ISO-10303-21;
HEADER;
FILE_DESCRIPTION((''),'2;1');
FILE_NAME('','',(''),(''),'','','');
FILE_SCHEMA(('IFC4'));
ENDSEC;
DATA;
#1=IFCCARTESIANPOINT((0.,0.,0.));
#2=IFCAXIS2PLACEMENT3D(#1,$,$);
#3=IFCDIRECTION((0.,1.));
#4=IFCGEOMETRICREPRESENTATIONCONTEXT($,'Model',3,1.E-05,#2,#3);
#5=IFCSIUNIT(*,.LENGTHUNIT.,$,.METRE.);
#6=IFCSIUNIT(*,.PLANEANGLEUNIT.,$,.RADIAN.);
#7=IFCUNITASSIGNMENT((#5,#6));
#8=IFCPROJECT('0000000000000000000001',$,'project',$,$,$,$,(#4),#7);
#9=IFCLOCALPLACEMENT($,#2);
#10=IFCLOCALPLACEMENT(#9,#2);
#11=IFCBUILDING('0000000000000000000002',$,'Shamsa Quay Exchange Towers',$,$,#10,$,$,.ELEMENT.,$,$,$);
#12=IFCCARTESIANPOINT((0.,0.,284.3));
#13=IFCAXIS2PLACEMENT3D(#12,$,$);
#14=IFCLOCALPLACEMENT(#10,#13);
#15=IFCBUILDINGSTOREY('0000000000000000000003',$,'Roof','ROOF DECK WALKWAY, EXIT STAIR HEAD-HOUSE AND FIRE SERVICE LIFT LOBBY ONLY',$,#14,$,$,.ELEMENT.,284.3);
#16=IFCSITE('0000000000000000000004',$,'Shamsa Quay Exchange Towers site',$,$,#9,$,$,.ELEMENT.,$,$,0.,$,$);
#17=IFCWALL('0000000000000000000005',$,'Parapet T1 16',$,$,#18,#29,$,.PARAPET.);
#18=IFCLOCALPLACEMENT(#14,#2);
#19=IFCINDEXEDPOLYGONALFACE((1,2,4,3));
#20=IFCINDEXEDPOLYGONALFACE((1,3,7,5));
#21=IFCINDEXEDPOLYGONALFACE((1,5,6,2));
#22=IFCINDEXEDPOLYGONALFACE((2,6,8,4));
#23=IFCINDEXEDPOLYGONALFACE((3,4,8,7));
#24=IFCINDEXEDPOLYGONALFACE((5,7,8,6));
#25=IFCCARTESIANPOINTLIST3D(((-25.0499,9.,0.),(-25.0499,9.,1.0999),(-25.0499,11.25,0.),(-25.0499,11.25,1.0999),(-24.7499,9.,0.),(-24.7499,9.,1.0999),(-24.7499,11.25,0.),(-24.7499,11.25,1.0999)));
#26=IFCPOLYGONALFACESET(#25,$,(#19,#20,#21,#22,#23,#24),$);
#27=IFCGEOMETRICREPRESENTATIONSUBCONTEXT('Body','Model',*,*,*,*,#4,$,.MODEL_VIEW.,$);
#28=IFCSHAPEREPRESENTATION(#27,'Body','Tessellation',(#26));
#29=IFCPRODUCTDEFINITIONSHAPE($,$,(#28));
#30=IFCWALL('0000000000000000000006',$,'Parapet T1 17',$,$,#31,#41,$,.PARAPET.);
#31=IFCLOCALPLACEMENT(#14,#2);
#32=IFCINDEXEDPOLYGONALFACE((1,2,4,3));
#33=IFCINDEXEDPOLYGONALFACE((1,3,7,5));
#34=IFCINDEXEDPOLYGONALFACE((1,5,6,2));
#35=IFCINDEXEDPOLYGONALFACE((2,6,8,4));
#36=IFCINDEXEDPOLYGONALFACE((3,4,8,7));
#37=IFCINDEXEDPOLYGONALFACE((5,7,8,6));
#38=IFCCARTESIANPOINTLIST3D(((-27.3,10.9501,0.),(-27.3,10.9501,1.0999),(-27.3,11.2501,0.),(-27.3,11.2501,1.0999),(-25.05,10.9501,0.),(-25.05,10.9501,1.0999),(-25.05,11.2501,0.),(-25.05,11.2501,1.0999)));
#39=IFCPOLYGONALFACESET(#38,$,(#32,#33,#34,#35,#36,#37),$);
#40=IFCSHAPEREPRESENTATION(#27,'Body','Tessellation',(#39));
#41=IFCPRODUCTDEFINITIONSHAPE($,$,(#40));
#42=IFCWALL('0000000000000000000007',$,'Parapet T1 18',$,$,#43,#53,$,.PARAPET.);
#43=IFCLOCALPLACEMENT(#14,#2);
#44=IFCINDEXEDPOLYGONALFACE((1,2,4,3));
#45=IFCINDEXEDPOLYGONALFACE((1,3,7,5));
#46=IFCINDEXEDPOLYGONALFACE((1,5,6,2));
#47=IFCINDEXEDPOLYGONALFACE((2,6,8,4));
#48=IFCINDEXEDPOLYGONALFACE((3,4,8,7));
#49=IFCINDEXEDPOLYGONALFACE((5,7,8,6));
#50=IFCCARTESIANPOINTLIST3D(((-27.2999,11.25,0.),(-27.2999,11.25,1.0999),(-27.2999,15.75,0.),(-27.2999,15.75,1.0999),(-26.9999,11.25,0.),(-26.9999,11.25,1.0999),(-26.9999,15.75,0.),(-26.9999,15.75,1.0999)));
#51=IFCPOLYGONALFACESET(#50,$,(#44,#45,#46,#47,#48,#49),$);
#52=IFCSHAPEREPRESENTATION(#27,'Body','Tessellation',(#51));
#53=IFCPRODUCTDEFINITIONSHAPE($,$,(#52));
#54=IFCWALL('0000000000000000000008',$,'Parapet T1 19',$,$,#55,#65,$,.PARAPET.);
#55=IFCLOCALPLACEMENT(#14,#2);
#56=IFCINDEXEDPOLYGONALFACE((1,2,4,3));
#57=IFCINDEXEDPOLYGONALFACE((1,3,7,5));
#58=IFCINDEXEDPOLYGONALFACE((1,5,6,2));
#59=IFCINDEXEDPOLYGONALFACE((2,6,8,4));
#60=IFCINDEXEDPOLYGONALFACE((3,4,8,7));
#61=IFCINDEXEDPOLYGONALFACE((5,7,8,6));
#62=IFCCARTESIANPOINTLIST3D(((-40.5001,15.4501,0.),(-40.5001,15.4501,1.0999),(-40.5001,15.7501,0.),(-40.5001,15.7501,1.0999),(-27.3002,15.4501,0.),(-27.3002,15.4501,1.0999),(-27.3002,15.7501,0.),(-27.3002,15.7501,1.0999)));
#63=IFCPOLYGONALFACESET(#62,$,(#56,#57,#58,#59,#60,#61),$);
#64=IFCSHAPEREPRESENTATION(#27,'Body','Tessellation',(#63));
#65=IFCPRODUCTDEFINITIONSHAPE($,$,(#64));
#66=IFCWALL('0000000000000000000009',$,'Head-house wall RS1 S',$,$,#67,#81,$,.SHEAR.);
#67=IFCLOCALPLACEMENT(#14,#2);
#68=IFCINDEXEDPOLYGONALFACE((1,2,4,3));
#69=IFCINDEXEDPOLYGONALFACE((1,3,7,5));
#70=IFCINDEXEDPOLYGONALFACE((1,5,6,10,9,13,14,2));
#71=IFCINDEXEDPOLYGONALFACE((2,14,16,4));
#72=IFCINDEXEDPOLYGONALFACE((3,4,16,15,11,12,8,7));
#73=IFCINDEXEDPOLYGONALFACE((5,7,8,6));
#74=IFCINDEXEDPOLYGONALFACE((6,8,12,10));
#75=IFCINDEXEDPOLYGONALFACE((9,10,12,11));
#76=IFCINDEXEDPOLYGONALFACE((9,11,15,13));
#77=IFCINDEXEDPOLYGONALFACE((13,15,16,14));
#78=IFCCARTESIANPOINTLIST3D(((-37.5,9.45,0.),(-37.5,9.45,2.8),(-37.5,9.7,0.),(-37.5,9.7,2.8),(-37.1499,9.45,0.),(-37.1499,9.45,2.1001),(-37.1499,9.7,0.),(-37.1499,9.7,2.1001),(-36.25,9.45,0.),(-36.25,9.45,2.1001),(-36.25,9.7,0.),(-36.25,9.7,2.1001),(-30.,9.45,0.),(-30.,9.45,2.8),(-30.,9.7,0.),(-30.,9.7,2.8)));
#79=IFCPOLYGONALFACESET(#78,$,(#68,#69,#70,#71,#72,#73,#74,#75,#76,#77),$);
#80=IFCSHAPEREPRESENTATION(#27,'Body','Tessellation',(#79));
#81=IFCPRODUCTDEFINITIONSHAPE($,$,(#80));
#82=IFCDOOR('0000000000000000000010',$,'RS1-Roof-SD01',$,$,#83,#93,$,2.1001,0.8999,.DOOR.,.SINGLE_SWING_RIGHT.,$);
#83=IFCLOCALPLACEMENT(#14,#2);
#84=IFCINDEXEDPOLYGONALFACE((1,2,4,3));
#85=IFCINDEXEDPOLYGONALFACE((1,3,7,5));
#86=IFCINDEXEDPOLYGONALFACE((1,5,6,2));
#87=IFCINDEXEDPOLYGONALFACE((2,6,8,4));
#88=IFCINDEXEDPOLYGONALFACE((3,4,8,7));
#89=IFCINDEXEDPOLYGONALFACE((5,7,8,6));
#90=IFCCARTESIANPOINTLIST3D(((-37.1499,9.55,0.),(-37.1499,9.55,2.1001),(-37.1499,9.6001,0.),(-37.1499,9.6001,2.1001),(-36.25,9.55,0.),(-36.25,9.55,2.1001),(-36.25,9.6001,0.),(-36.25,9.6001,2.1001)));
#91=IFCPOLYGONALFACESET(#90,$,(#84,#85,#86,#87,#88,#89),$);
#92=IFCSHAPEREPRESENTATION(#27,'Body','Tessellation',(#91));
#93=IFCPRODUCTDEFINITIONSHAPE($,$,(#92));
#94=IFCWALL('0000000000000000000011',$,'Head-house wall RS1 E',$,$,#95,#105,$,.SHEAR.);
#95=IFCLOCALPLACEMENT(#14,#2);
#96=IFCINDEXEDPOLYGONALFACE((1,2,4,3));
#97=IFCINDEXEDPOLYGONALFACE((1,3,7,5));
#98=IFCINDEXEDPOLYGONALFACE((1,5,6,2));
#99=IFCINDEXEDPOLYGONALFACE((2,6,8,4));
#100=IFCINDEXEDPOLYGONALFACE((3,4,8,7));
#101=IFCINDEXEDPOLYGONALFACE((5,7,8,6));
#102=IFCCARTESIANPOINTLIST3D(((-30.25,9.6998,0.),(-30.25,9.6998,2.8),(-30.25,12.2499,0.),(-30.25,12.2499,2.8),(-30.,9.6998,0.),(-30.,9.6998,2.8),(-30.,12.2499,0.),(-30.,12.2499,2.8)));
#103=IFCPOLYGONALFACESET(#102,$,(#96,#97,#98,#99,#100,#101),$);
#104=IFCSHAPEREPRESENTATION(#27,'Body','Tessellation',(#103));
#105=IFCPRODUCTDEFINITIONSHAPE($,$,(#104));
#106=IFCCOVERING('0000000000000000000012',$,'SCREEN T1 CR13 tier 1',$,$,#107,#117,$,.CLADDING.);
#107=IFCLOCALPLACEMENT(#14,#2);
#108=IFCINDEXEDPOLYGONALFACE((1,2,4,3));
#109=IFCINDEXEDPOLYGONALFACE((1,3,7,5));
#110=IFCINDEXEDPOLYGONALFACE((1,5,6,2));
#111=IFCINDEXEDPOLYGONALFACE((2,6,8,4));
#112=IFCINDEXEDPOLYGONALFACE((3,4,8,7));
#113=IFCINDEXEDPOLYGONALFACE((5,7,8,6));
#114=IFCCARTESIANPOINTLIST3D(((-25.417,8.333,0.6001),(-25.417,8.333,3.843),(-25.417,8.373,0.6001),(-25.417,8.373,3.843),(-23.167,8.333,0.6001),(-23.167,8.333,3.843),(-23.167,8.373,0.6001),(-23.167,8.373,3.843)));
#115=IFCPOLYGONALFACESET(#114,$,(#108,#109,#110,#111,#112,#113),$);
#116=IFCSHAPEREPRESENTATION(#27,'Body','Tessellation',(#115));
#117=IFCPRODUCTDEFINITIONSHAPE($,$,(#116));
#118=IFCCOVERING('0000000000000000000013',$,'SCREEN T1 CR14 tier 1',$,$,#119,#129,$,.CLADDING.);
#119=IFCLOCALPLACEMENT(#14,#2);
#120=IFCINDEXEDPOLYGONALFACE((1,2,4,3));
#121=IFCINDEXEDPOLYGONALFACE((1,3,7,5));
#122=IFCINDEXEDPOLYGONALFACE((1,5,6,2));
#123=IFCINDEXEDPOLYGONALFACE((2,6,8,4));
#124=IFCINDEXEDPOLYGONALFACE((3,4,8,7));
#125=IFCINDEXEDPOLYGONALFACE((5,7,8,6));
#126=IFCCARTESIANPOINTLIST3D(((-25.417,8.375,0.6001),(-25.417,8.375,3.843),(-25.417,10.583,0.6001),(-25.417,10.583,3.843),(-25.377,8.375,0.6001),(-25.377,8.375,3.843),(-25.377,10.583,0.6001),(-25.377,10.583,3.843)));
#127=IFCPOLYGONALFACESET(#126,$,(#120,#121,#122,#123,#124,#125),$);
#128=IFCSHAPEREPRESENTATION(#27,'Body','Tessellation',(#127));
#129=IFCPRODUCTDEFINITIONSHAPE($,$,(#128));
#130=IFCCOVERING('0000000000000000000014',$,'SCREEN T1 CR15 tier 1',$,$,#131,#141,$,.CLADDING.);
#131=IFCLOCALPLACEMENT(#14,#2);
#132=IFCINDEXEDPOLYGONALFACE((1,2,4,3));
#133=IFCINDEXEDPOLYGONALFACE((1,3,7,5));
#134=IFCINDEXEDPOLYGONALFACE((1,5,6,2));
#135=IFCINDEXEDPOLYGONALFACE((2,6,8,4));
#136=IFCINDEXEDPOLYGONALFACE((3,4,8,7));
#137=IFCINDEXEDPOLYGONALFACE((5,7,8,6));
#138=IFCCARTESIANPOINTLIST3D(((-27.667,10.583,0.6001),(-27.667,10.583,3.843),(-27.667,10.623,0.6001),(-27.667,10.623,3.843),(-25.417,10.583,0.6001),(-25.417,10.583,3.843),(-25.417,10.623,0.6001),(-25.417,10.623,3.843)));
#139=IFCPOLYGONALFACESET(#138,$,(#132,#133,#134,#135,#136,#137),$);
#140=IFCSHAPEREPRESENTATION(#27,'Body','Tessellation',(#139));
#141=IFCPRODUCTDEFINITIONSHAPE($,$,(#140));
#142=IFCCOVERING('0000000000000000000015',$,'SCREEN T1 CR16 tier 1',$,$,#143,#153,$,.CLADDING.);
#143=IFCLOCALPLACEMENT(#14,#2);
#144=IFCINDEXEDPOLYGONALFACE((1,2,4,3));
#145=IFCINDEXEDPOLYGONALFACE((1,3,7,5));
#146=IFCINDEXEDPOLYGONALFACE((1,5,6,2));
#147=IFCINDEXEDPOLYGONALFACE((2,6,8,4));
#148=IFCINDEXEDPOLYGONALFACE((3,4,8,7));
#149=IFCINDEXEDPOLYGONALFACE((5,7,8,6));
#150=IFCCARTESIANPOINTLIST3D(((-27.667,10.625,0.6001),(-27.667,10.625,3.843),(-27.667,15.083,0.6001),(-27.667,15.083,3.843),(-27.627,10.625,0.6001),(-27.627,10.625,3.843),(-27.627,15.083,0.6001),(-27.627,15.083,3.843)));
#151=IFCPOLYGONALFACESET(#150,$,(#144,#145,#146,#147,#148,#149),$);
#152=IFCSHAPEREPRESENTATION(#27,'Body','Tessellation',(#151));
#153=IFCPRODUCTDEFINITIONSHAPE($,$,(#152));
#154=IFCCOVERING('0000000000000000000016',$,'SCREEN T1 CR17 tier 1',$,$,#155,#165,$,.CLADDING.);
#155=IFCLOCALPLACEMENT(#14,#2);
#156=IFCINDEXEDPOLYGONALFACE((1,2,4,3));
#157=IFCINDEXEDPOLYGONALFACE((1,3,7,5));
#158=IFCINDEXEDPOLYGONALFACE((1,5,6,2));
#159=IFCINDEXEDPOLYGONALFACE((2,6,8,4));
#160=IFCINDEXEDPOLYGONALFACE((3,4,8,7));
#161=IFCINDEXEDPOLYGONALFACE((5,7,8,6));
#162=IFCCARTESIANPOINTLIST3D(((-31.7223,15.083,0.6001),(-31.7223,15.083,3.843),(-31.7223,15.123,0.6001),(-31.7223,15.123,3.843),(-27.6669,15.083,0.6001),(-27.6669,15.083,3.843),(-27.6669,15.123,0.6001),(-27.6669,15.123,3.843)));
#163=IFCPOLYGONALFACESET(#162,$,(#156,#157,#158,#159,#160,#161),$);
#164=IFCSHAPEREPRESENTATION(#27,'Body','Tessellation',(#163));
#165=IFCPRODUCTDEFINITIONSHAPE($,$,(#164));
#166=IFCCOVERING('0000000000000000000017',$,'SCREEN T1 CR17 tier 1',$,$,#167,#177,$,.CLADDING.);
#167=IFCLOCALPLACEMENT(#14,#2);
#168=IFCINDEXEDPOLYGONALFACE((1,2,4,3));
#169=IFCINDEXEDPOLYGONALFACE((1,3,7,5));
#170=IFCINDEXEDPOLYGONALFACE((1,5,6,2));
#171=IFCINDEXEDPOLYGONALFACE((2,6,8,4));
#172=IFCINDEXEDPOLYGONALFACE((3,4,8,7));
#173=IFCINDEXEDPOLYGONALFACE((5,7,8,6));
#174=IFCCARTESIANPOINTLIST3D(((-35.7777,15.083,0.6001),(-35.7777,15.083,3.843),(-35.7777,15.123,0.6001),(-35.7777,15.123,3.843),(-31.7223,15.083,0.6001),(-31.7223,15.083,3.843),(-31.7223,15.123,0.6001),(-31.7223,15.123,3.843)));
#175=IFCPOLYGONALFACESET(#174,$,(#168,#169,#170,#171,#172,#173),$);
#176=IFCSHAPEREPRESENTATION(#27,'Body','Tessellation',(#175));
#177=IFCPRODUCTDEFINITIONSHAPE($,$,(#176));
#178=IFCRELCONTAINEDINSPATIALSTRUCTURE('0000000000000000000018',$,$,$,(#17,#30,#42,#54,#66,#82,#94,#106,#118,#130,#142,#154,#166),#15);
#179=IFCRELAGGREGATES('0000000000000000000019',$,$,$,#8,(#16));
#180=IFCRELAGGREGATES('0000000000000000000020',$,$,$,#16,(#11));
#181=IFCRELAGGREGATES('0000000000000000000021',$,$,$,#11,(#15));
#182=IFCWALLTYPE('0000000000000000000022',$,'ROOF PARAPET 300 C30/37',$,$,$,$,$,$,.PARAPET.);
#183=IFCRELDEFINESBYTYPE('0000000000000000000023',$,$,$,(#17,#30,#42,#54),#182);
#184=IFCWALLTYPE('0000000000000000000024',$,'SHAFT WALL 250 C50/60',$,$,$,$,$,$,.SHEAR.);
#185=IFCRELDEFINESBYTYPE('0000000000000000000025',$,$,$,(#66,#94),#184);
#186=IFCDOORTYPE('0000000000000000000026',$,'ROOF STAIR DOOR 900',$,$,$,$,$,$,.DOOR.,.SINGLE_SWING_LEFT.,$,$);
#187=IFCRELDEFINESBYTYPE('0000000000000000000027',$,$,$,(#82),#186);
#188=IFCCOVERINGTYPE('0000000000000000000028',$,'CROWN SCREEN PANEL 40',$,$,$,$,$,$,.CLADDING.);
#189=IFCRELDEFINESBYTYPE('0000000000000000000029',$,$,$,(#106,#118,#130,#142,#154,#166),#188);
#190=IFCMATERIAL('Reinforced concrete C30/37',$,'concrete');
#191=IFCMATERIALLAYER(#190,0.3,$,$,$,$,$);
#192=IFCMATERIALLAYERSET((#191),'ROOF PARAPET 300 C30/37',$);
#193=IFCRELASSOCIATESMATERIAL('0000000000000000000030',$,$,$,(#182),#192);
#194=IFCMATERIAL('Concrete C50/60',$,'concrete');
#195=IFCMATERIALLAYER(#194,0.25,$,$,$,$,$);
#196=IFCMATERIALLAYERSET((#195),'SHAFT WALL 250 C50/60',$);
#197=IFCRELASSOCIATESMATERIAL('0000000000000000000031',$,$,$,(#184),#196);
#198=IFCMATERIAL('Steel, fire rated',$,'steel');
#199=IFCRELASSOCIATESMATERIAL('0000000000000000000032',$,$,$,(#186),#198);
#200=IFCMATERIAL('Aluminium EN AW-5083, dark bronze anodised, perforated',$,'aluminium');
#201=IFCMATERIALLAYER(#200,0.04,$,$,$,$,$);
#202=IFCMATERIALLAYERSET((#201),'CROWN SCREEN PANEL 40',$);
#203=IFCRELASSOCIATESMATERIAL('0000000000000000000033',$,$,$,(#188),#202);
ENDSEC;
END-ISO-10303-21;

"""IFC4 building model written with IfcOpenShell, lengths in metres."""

from ifc_helpers import new_model, si_unit, direction, frame, frame_2d, origin, origin_2d, place, context, subcontext, project, spatial, rectangle, extrude, material, layer, layer_set, type_object, element, fill, save


model = new_model("IFC4")

# Units and contexts
model_context = context("Model", 3, precision=1e-05, world=origin(), true_north=direction((0.0, 1.0)))
body_context = subcontext(model_context, "Body", "Model", "MODEL_VIEW")
ifc_project = project(units=[si_unit("LENGTHUNIT", "METRE"), si_unit("PLANEANGLEUNIT", "RADIAN")], contexts=[model_context])

# Site, building, storey
site_placement = place(None, origin())
site = spatial("IfcSite", under=ifc_project, at=site_placement, Name="Shamsa Quay Exchange Towers site", CompositionType="ELEMENT", RefElevation=0.0)
building_placement = place(site_placement, origin())
building = spatial("IfcBuilding", under=site, at=building_placement, Name="Shamsa Quay Exchange Towers", CompositionType="ELEMENT")
storey_placement = place(building_placement, frame((0.0, 0.0, 284.3)))
storey = spatial("IfcBuildingStorey", under=building, at=storey_placement, Name="Roof", Description="ROOF DECK WALKWAY, EXIT STAIR HEAD-HOUSE AND FIRE SERVICE LIFT LOBBY ONLY", CompositionType="ELEMENT", Elevation=284.3)

# Walls
ifc_material_1 = material(Name="Reinforced concrete C30/37", Category="concrete")
ifc_layer_1 = layer(ifc_material_1, 0.3)
ifc_layer_set_1 = layer_set([ifc_layer_1], Name="ROOF PARAPET 300 C30/37")
wall_type_1 = type_object("IfcWallType", Name="ROOF PARAPET 300 C30/37", PredefinedType="PARAPET", material=ifc_layer_set_1)
for number, where, z_axis, x_axis, name in (
    (1, (-24.8999, 9.0, 0.0), (0.0, 0.0, 1.0), (0.0, 1.0, 0.0), "Parapet T1 16"),
    (2, (-25.05, 11.1001, 0.0), (0.0, 0.0, 1.0), (-1.0, 0.0, 0.0), "Parapet T1 17"),
):
    element("IfcWall", number, at=place(storey_placement, frame(where, z_axis=z_axis, x_axis=x_axis)), inside=storey, type_object=wall_type_1, Name=name, PredefinedType="PARAPET", context=body_context, shape_type="SweptSolid", body=[
        extrude(rectangle(XDim=2.25, YDim=0.3, at=frame_2d((1.125, 0.0))), origin(), (0.0, 0.0, 1.0), 1.0999),
    ])
wall_1_placement = place(storey_placement, frame((-27.1499, 11.25, 0.0), z_axis=(0.0, 0.0, 1.0), x_axis=(0.0, 1.0, 0.0)))
element("IfcWall", 3, at=wall_1_placement, inside=storey, type_object=wall_type_1, Name="Parapet T1 18", PredefinedType="PARAPET", context=body_context, shape_type="SweptSolid", body=[
    extrude(rectangle(XDim=4.5, YDim=0.3, at=frame_2d((2.25, 0.0))), origin(), (0.0, 0.0, 1.0), 1.0999),
])
wall_2_placement = place(storey_placement, frame((-27.3, 15.6001, 0.0), z_axis=(0.0, 0.0, 1.0), x_axis=(-1.0, 0.0, 0.0)))
element("IfcWall", 4, at=wall_2_placement, inside=storey, type_object=wall_type_1, Name="Parapet T1 19", PredefinedType="PARAPET", context=body_context, shape_type="SweptSolid", body=[
    extrude(rectangle(XDim=13.2, YDim=0.3, at=frame_2d((6.6001, 0.0))), origin(), (0.0, 0.0, 1.0), 1.0999),
])

# Wall, opening, door
ifc_material_2 = material(Name="Concrete C50/60", Category="concrete")
ifc_layer_2 = layer(ifc_material_2, 0.25)
ifc_layer_set_2 = layer_set([ifc_layer_2], Name="SHAFT WALL 250 C50/60")
wall_type_2 = type_object("IfcWallType", Name="SHAFT WALL 250 C50/60", PredefinedType="SHEAR", material=ifc_layer_set_2)
wall_3_placement = place(storey_placement, frame((-30.0, 9.575, 0.0), z_axis=(0.0, 0.0, 1.0), x_axis=(-1.0, 0.0, 0.0)))
wall_3 = element("IfcWall", 5, at=wall_3_placement, inside=storey, type_object=wall_type_2, Name="Head-house wall RS1 S", PredefinedType="SHEAR", context=body_context, shape_type="SweptSolid", body=[
    extrude(rectangle(XDim=7.5, YDim=0.25, at=frame_2d((3.75, 0.0))), origin(), (0.0, 0.0, 1.0), 2.8),
])
opening_placement = place(wall_3_placement, frame((6.25, 0.0, 0.0)))
opening = element("IfcOpeningElement", 6, at=opening_placement, cuts=wall_3, PredefinedType="OPENING", context=body_context, shape_type="SweptSolid", body=[
    extrude(rectangle(XDim=0.8999, YDim=2.1001, at=frame_2d((0.45, 1.05))), frame((0.0, 0.135, 0.0), z_axis=(0.0, -1.0, 0.0), x_axis=(1.0, 0.0, 0.0)), (0.0, 0.0, 1.0), 0.27),
])
ifc_material_3 = material(Name="Steel, fire rated", Category="steel")
door_type = type_object("IfcDoorType", Name="ROOF STAIR DOOR 900", OperationType="SINGLE_SWING_LEFT", PredefinedType="DOOR", material=ifc_material_3)
door_placement = place(opening_placement, origin())
door = element("IfcDoor", 7, at=door_placement, inside=storey, type_object=door_type, Name="RS1-Roof-SD01", OperationType="SINGLE_SWING_RIGHT", OverallHeight=2.1001, OverallWidth=0.8999, PredefinedType="DOOR", context=body_context, shape_type="SweptSolid", body=[
    extrude(rectangle(XDim=0.8999, YDim=2.1001, at=frame_2d((0.45, 1.05))), frame((0.0, 0.0249, 0.0), z_axis=(0.0, -1.0, 0.0), x_axis=(1.0, 0.0, 0.0)), (0.0, 0.0, 1.0), 0.05),
])
fill(opening, door)

# Wall
wall_4_placement = place(storey_placement, frame((-30.125, 9.7, 0.0), z_axis=(0.0, 0.0, 1.0), x_axis=(0.0, 1.0, 0.0)))
element("IfcWall", 8, at=wall_4_placement, inside=storey, type_object=wall_type_2, Name="Head-house wall RS1 E", PredefinedType="SHEAR", context=body_context, shape_type="SweptSolid", body=[
    extrude(rectangle(XDim=2.55, YDim=0.25, at=frame_2d((1.2749, 0.0))), origin(), (0.0, 0.0, 1.0), 2.8),
])

# Coverings
ifc_material_4 = material(Name="Aluminium EN AW-5083, dark bronze anodised, perforated", Category="aluminium")
ifc_layer_3 = layer(ifc_material_4, 0.04)
ifc_layer_set_3 = layer_set([ifc_layer_3], Name="CROWN SCREEN PANEL 40")
covering_type = type_object("IfcCoveringType", Name="CROWN SCREEN PANEL 40", PredefinedType="CLADDING", material=ifc_layer_set_3)
covering_1_placement = place(storey_placement, frame((-24.292, 8.353, 0.6001), z_axis=(0.0, 0.0, 1.0), x_axis=(-1.0, 0.0, 0.0)))
element("IfcCovering", 9, at=covering_1_placement, inside=storey, type_object=covering_type, Name="SCREEN T1 CR13 tier 1", PredefinedType="CLADDING", context=body_context, shape_type="SweptSolid", body=[
    extrude(rectangle(XDim=2.25, YDim=0.04, at=origin_2d()), origin(), (0.0, 0.0, 1.0), 3.2429),
])
covering_2_placement = place(storey_placement, frame((-25.397, 9.479, 0.6001), z_axis=(0.0, 0.0, 1.0), x_axis=(0.0, 1.0, 0.0)))
element("IfcCovering", 10, at=covering_2_placement, inside=storey, type_object=covering_type, Name="SCREEN T1 CR14 tier 1", PredefinedType="CLADDING", context=body_context, shape_type="SweptSolid", body=[
    extrude(rectangle(XDim=2.208, YDim=0.04, at=origin_2d()), origin(), (0.0, 0.0, 1.0), 3.2429),
])
covering_3_placement = place(storey_placement, frame((-26.542, 10.603, 0.6001), z_axis=(0.0, 0.0, 1.0), x_axis=(-1.0, 0.0, 0.0)))
element("IfcCovering", 11, at=covering_3_placement, inside=storey, type_object=covering_type, Name="SCREEN T1 CR15 tier 1", PredefinedType="CLADDING", context=body_context, shape_type="SweptSolid", body=[
    extrude(rectangle(XDim=2.25, YDim=0.04, at=origin_2d()), origin(), (0.0, 0.0, 1.0), 3.2429),
])
covering_4_placement = place(storey_placement, frame((-27.647, 12.854, 0.6001), z_axis=(0.0, 0.0, 1.0), x_axis=(0.0, 1.0, 0.0)))
element("IfcCovering", 12, at=covering_4_placement, inside=storey, type_object=covering_type, Name="SCREEN T1 CR16 tier 1", PredefinedType="CLADDING", context=body_context, shape_type="SweptSolid", body=[
    extrude(rectangle(XDim=4.458, YDim=0.04, at=origin_2d()), origin(), (0.0, 0.0, 1.0), 3.2429),
])
for number, where, z_axis, x_axis, name in (
    (13, (-29.6946, 15.103, 0.6001), (0.0, 0.0, 1.0), (-1.0, 0.0, 0.0), "SCREEN T1 CR17 tier 1"),
    (14, (-33.75, 15.103, 0.6001), (0.0, 0.0, 1.0), (-1.0, 0.0, 0.0), "SCREEN T1 CR17 tier 1"),
):
    element("IfcCovering", number, at=place(storey_placement, frame(where, z_axis=z_axis, x_axis=x_axis)), inside=storey, type_object=covering_type, Name=name, PredefinedType="CLADDING", context=body_context, shape_type="SweptSolid", body=[
        extrude(rectangle(XDim=4.0554, YDim=0.04, at=origin_2d()), origin(), (0.0, 0.0, 1.0), 3.2429),
    ])

save(model, "model.ifc")
